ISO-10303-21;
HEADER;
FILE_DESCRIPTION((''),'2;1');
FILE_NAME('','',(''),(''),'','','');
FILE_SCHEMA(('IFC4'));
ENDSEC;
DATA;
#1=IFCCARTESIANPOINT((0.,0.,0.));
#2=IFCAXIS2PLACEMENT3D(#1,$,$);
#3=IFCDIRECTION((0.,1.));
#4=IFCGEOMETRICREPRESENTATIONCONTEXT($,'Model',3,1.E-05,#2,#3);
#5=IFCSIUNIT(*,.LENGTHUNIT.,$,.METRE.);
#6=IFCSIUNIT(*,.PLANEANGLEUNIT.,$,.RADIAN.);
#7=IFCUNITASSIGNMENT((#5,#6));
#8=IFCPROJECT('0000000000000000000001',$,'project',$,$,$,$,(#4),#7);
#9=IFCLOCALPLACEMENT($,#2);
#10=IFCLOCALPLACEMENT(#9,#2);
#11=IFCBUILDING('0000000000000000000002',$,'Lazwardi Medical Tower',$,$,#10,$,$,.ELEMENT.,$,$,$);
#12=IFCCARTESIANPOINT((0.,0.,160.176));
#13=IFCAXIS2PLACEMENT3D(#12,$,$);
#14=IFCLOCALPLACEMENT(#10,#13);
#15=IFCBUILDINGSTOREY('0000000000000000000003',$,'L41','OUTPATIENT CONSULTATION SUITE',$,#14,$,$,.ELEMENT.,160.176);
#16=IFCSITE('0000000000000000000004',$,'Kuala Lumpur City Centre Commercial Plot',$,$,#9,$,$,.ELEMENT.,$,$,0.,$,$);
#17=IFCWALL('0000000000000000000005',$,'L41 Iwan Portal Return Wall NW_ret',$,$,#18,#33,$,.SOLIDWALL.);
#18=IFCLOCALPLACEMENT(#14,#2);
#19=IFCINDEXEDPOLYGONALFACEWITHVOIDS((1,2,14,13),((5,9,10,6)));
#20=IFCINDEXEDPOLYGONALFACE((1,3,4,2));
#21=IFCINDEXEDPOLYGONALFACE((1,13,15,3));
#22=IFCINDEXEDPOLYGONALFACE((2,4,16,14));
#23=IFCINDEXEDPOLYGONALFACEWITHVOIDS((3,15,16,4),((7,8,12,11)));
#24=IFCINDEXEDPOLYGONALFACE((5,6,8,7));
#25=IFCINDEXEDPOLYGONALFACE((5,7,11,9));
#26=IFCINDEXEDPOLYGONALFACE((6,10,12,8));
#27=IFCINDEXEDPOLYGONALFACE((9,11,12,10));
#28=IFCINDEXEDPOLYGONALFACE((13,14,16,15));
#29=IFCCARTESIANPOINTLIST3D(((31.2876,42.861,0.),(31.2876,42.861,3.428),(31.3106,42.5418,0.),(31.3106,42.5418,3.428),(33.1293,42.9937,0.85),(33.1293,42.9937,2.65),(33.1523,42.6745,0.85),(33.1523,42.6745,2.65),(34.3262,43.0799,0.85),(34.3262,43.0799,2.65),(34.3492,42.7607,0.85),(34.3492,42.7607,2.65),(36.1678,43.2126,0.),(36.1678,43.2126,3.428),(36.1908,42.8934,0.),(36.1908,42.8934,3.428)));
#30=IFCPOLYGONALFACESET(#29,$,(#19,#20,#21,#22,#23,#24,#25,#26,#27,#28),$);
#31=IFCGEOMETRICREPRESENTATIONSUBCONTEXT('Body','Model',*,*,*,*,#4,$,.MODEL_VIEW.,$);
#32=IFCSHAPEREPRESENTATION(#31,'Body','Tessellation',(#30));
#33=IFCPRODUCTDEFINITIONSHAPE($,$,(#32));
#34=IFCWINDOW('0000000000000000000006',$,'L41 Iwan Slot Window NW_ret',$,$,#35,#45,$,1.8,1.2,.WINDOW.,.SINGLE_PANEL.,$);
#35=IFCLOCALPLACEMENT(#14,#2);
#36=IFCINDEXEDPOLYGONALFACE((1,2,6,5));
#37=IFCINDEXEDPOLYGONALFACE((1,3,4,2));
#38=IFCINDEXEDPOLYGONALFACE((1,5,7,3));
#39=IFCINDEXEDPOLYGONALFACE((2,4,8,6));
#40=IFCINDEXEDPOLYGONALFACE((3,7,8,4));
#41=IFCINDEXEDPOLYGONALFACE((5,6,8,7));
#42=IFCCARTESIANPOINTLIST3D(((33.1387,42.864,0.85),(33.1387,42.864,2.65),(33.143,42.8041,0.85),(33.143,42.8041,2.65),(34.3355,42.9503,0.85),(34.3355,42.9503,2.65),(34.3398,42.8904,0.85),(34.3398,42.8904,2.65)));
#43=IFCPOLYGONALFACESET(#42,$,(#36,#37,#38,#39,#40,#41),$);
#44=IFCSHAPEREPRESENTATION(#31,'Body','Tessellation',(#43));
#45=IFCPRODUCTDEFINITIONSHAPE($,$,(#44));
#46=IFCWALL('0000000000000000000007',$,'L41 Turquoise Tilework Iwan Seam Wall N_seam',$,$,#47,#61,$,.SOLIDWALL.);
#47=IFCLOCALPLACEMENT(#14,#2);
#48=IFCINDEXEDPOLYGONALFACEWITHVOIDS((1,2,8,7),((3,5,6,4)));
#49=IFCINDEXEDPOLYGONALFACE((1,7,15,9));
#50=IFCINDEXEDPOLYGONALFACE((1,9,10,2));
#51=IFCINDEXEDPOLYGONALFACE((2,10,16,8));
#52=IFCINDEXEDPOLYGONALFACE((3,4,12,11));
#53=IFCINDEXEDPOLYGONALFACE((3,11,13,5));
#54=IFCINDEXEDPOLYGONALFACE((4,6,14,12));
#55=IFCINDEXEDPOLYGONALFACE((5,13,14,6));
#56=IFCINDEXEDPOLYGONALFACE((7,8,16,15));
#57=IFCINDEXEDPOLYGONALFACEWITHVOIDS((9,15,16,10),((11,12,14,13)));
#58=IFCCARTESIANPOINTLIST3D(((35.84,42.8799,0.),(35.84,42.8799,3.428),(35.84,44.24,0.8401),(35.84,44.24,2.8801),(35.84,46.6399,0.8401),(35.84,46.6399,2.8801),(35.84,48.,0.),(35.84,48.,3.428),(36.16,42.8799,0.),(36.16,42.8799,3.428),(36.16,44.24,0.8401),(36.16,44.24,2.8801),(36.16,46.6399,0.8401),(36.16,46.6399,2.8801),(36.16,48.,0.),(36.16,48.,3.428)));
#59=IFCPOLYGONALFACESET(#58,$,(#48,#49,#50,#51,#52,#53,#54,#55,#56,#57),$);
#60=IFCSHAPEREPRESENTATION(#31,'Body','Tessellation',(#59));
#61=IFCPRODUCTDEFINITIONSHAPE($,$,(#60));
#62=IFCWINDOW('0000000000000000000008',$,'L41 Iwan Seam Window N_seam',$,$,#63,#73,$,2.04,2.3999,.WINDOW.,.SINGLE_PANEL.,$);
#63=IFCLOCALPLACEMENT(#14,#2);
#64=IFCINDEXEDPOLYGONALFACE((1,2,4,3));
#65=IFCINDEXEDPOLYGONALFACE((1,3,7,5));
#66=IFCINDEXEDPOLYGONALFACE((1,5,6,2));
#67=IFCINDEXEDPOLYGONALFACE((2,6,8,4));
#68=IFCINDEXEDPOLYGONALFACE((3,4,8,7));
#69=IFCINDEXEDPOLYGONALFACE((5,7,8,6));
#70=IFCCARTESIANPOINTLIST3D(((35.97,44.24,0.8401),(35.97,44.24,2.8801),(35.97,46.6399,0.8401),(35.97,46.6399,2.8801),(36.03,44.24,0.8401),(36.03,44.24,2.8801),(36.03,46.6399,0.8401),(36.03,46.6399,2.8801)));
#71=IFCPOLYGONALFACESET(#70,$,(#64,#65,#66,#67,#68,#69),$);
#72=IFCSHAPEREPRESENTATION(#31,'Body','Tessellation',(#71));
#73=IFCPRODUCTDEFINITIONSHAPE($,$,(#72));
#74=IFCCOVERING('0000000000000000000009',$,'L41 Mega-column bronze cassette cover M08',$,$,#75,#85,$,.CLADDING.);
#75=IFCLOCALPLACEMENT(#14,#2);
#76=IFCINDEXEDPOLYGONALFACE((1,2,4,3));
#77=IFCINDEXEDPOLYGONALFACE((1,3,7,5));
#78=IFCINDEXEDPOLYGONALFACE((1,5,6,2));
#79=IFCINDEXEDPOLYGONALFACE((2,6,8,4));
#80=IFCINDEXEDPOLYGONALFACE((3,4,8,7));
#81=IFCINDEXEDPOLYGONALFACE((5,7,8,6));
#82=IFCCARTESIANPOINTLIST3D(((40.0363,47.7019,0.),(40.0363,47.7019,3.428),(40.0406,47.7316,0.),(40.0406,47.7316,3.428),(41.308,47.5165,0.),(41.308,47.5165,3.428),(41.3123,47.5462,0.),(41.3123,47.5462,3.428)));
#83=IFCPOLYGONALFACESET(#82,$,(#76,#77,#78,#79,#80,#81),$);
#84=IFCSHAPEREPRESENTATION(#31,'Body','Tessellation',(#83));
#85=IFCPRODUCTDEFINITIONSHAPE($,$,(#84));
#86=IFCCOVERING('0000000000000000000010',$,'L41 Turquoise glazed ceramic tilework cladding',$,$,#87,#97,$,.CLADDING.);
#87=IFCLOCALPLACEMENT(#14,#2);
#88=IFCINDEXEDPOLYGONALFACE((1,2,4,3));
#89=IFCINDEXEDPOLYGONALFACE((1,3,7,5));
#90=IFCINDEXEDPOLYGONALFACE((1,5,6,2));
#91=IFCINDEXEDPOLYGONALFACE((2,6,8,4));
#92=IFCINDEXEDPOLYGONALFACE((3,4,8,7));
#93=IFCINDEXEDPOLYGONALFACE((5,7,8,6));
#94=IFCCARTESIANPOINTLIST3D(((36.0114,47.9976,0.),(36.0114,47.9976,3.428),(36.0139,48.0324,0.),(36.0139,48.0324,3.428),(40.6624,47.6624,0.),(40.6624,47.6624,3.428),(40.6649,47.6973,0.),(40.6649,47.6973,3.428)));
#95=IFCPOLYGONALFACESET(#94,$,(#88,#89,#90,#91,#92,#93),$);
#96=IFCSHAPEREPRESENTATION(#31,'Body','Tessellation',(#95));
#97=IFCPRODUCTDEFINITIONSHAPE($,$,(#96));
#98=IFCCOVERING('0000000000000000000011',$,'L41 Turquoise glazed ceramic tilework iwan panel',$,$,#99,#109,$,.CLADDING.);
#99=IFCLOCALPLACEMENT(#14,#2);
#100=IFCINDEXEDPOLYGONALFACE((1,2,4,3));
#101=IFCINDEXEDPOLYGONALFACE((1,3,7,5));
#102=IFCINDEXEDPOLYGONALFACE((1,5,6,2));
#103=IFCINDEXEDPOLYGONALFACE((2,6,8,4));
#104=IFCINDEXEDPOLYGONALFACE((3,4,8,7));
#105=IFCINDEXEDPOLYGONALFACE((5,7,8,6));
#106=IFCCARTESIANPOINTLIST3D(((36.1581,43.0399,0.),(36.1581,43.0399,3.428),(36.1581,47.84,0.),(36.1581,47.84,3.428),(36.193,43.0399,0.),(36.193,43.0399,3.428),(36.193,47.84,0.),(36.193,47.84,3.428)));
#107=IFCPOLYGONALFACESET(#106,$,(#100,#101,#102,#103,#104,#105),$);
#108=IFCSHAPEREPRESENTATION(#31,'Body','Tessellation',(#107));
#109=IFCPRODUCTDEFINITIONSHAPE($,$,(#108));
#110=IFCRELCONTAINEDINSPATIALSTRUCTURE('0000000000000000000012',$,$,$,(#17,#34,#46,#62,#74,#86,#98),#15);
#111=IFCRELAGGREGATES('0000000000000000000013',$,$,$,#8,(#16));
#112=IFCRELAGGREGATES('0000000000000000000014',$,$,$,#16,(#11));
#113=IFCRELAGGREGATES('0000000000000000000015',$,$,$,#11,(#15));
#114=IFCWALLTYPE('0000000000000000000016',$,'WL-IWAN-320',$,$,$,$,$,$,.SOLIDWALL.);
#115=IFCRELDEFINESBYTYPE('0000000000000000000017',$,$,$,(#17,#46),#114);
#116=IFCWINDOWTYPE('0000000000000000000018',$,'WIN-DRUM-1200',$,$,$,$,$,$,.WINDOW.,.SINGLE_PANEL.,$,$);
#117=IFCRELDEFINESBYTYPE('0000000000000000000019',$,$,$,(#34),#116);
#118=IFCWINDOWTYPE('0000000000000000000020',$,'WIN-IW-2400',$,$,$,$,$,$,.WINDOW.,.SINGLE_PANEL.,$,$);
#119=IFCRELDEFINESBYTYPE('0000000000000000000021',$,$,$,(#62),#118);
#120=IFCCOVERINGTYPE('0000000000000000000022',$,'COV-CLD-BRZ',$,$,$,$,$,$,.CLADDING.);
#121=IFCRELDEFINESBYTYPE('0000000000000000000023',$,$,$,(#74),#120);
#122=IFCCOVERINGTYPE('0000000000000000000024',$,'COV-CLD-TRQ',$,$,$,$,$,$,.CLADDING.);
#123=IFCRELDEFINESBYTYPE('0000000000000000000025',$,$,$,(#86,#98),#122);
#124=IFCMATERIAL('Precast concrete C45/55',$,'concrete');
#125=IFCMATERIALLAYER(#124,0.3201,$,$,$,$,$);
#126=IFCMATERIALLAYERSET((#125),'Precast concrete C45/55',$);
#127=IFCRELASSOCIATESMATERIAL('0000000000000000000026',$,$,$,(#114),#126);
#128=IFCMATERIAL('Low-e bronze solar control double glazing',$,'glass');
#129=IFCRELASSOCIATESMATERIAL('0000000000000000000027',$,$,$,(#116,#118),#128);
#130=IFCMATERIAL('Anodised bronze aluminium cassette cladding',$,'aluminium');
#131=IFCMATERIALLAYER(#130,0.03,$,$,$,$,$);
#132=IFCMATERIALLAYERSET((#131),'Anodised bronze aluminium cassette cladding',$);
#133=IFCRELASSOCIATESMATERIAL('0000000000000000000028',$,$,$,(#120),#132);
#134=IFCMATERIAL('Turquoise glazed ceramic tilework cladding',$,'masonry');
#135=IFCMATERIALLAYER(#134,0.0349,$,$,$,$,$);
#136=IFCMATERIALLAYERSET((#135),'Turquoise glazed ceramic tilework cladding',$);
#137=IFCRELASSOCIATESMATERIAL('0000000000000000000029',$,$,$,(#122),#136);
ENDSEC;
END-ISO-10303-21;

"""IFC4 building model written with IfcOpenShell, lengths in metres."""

from ifc_helpers import new_model, si_unit, direction, frame, frame_2d, origin, origin_2d, place, context, subcontext, project, spatial, rectangle, extrude, material, layer, layer_set, type_object, element, fill, save


model = new_model("IFC4")

# Units and contexts
model_context = context("Model", 3, precision=1e-05, world=origin(), true_north=direction((0.0, 1.0)))
body_context = subcontext(model_context, "Body", "Model", "MODEL_VIEW")
ifc_project = project(units=[si_unit("LENGTHUNIT", "METRE"), si_unit("PLANEANGLEUNIT", "RADIAN")], contexts=[model_context])

# Site, building, storey
site_placement = place(None, origin())
site = spatial("IfcSite", under=ifc_project, at=site_placement, Name="Kuala Lumpur City Centre Commercial Plot", CompositionType="ELEMENT", RefElevation=0.0)
building_placement = place(site_placement, origin())
building = spatial("IfcBuilding", under=site, at=building_placement, Name="Lazwardi Medical Tower", CompositionType="ELEMENT")
storey_placement = place(building_placement, frame((0.0, 0.0, 160.176)))
storey = spatial("IfcBuildingStorey", under=building, at=storey_placement, Name="L41", Description="OUTPATIENT CONSULTATION SUITE", CompositionType="ELEMENT", Elevation=160.176)

# Shared definitions
ifc_material_1 = material(Name="Low-e bronze solar control double glazing", Category="glass")

# Walls, openings, windows
ifc_material_2 = material(Name="Precast concrete C45/55", Category="concrete")
ifc_layer_1 = layer(ifc_material_2, 0.3201)
ifc_layer_set_1 = layer_set([ifc_layer_1], Name="Precast concrete C45/55")
wall_type_1 = type_object("IfcWallType", Name="WL-IWAN-320", PredefinedType="SOLIDWALL", material=ifc_layer_set_1)
wall_1_placement = place(storey_placement, frame((36.1792, 43.053, 0.0), z_axis=(0.0, 0.0, 1.0), x_axis=(-0.997415, -0.071853, 0.0)))
wall_1 = element("IfcWall", 1, at=wall_1_placement, inside=storey, type_object=wall_type_1, Name="L41 Iwan Portal Return Wall NW_ret", PredefinedType="SOLIDWALL", context=body_context, shape_type="SweptSolid", body=[
    extrude(rectangle(XDim=4.8928, YDim=0.3201, at=frame_2d((2.4463, 0.0))), origin(), (0.0, 0.0, 1.0), 3.428),
])
opening_1_placement = place(wall_1_placement, frame((1.8462, 0.0, 0.8501)))
opening_1 = element("IfcOpeningElement", 2, at=opening_1_placement, cuts=wall_1, PredefinedType="OPENING", context=body_context, shape_type="SweptSolid", body=[
    extrude(rectangle(XDim=1.2, YDim=1.8, at=frame_2d((0.6001, 0.8999))), frame((0.0, 0.1699, 0.0), z_axis=(0.0, -1.0, 0.0), x_axis=(1.0, 0.0, 0.0)), (0.0, 0.0, 1.0), 0.3401),
])
window_type_1 = type_object("IfcWindowType", Name="WIN-DRUM-1200", PartitioningType="SINGLE_PANEL", PredefinedType="WINDOW", material=ifc_material_1)
window_1_placement = place(opening_1_placement, origin())
window_1 = element("IfcWindow", 3, at=window_1_placement, inside=storey, type_object=window_type_1, Name="L41 Iwan Slot Window NW_ret", OverallHeight=1.8, OverallWidth=1.2, PartitioningType="SINGLE_PANEL", PredefinedType="WINDOW", context=body_context, shape_type="SweptSolid", body=[
    extrude(rectangle(XDim=1.2, YDim=1.8, at=frame_2d((0.6001, 0.8999))), frame((0.0, 0.03, 0.0), z_axis=(0.0, -1.0, 0.0), x_axis=(1.0, 0.0, 0.0)), (0.0, 0.0, 1.0), 0.0601),
])
fill(opening_1, window_1)
wall_2_placement = place(storey_placement, frame((36.0, 48.0, 0.0), z_axis=(0.0, 0.0, 1.0), x_axis=(0.0, -1.0, 0.0)))
wall_2 = element("IfcWall", 4, at=wall_2_placement, inside=storey, type_object=wall_type_1, Name="L41 Turquoise Tilework Iwan Seam Wall N_seam", PredefinedType="SOLIDWALL", context=body_context, shape_type="SweptSolid", body=[
    extrude(rectangle(XDim=5.1201, YDim=0.3201, at=frame_2d((2.5601, 0.0))), origin(), (0.0, 0.0, 1.0), 3.428),
])
opening_2_placement = place(wall_2_placement, frame((1.3601, 0.0, 0.8401)))
opening_2 = element("IfcOpeningElement", 5, at=opening_2_placement, cuts=wall_2, PredefinedType="OPENING", context=body_context, shape_type="SweptSolid", body=[
    extrude(rectangle(XDim=2.3999, YDim=2.04, at=frame_2d((1.2, 1.02))), frame((0.0, 0.1699, 0.0), z_axis=(0.0, -1.0, 0.0), x_axis=(1.0, 0.0, 0.0)), (0.0, 0.0, 1.0), 0.3401),
])
window_type_2 = type_object("IfcWindowType", Name="WIN-IW-2400", PartitioningType="SINGLE_PANEL", PredefinedType="WINDOW", material=ifc_material_1)
window_2_placement = place(opening_2_placement, origin())
window_2 = element("IfcWindow", 6, at=window_2_placement, inside=storey, type_object=window_type_2, Name="L41 Iwan Seam Window N_seam", OverallHeight=2.04, OverallWidth=2.3999, PartitioningType="SINGLE_PANEL", PredefinedType="WINDOW", context=body_context, shape_type="SweptSolid", body=[
    extrude(rectangle(XDim=2.3999, YDim=2.04, at=frame_2d((1.2, 1.02))), frame((0.0, 0.03, 0.0), z_axis=(0.0, -1.0, 0.0), x_axis=(1.0, 0.0, 0.0)), (0.0, 0.0, 1.0), 0.0601),
])
fill(opening_2, window_2)

# Coverings
ifc_material_3 = material(Name="Anodised bronze aluminium cassette cladding", Category="aluminium")
ifc_layer_2 = layer(ifc_material_3, 0.03)
ifc_layer_set_2 = layer_set([ifc_layer_2], Name="Anodised bronze aluminium cassette cladding")
covering_type_1 = type_object("IfcCoveringType", Name="COV-CLD-BRZ", PredefinedType="CLADDING", material=ifc_layer_set_2)
covering_1_placement = place(storey_placement, frame((40.6743, 47.624, 0.0), z_axis=(0.0, 0.0, 1.0), x_axis=(-0.989539, 0.144265, 0.0)))
element("IfcCovering", 7, at=covering_1_placement, inside=storey, type_object=covering_type_1, Name="L41 Mega-column bronze cassette cover M08", PredefinedType="CLADDING", context=body_context, shape_type="SweptSolid", body=[
    extrude(rectangle(XDim=1.2852, YDim=0.03, at=origin_2d()), origin(), (0.0, 0.0, 1.0), 3.428),
])
ifc_material_4 = material(Name="Turquoise glazed ceramic tilework cladding", Category="masonry")
ifc_layer_3 = layer(ifc_material_4, 0.0349)
ifc_layer_set_3 = layer_set([ifc_layer_3], Name="Turquoise glazed ceramic tilework cladding")
covering_type_2 = type_object("IfcCoveringType", Name="COV-CLD-TRQ", PredefinedType="CLADDING", material=ifc_layer_set_3)
covering_2_placement = place(storey_placement, frame((38.3381, 47.8474, 0.0), z_axis=(0.0, 0.0, 1.0), x_axis=(-0.997415, 0.071863, 0.0)))
element("IfcCovering", 8, at=covering_2_placement, inside=storey, type_object=covering_type_2, Name="L41 Turquoise glazed ceramic tilework cladding", PredefinedType="CLADDING", context=body_context, shape_type="SweptSolid", body=[
    extrude(rectangle(XDim=4.6631, YDim=0.0349, at=origin_2d()), origin(), (0.0, 0.0, 1.0), 3.428),
])
covering_3_placement = place(storey_placement, frame((36.1755, 45.4399, 0.0), z_axis=(0.0, 0.0, 1.0), x_axis=(0.0, -1.0, 0.0)))
element("IfcCovering", 9, at=covering_3_placement, inside=storey, type_object=covering_type_2, Name="L41 Turquoise glazed ceramic tilework iwan panel", PredefinedType="CLADDING", context=body_context, shape_type="SweptSolid", body=[
    extrude(rectangle(XDim=4.8, YDim=0.0349, at=origin_2d()), origin(), (0.0, 0.0, 1.0), 3.428),
])

save(model, "model.ifc")
